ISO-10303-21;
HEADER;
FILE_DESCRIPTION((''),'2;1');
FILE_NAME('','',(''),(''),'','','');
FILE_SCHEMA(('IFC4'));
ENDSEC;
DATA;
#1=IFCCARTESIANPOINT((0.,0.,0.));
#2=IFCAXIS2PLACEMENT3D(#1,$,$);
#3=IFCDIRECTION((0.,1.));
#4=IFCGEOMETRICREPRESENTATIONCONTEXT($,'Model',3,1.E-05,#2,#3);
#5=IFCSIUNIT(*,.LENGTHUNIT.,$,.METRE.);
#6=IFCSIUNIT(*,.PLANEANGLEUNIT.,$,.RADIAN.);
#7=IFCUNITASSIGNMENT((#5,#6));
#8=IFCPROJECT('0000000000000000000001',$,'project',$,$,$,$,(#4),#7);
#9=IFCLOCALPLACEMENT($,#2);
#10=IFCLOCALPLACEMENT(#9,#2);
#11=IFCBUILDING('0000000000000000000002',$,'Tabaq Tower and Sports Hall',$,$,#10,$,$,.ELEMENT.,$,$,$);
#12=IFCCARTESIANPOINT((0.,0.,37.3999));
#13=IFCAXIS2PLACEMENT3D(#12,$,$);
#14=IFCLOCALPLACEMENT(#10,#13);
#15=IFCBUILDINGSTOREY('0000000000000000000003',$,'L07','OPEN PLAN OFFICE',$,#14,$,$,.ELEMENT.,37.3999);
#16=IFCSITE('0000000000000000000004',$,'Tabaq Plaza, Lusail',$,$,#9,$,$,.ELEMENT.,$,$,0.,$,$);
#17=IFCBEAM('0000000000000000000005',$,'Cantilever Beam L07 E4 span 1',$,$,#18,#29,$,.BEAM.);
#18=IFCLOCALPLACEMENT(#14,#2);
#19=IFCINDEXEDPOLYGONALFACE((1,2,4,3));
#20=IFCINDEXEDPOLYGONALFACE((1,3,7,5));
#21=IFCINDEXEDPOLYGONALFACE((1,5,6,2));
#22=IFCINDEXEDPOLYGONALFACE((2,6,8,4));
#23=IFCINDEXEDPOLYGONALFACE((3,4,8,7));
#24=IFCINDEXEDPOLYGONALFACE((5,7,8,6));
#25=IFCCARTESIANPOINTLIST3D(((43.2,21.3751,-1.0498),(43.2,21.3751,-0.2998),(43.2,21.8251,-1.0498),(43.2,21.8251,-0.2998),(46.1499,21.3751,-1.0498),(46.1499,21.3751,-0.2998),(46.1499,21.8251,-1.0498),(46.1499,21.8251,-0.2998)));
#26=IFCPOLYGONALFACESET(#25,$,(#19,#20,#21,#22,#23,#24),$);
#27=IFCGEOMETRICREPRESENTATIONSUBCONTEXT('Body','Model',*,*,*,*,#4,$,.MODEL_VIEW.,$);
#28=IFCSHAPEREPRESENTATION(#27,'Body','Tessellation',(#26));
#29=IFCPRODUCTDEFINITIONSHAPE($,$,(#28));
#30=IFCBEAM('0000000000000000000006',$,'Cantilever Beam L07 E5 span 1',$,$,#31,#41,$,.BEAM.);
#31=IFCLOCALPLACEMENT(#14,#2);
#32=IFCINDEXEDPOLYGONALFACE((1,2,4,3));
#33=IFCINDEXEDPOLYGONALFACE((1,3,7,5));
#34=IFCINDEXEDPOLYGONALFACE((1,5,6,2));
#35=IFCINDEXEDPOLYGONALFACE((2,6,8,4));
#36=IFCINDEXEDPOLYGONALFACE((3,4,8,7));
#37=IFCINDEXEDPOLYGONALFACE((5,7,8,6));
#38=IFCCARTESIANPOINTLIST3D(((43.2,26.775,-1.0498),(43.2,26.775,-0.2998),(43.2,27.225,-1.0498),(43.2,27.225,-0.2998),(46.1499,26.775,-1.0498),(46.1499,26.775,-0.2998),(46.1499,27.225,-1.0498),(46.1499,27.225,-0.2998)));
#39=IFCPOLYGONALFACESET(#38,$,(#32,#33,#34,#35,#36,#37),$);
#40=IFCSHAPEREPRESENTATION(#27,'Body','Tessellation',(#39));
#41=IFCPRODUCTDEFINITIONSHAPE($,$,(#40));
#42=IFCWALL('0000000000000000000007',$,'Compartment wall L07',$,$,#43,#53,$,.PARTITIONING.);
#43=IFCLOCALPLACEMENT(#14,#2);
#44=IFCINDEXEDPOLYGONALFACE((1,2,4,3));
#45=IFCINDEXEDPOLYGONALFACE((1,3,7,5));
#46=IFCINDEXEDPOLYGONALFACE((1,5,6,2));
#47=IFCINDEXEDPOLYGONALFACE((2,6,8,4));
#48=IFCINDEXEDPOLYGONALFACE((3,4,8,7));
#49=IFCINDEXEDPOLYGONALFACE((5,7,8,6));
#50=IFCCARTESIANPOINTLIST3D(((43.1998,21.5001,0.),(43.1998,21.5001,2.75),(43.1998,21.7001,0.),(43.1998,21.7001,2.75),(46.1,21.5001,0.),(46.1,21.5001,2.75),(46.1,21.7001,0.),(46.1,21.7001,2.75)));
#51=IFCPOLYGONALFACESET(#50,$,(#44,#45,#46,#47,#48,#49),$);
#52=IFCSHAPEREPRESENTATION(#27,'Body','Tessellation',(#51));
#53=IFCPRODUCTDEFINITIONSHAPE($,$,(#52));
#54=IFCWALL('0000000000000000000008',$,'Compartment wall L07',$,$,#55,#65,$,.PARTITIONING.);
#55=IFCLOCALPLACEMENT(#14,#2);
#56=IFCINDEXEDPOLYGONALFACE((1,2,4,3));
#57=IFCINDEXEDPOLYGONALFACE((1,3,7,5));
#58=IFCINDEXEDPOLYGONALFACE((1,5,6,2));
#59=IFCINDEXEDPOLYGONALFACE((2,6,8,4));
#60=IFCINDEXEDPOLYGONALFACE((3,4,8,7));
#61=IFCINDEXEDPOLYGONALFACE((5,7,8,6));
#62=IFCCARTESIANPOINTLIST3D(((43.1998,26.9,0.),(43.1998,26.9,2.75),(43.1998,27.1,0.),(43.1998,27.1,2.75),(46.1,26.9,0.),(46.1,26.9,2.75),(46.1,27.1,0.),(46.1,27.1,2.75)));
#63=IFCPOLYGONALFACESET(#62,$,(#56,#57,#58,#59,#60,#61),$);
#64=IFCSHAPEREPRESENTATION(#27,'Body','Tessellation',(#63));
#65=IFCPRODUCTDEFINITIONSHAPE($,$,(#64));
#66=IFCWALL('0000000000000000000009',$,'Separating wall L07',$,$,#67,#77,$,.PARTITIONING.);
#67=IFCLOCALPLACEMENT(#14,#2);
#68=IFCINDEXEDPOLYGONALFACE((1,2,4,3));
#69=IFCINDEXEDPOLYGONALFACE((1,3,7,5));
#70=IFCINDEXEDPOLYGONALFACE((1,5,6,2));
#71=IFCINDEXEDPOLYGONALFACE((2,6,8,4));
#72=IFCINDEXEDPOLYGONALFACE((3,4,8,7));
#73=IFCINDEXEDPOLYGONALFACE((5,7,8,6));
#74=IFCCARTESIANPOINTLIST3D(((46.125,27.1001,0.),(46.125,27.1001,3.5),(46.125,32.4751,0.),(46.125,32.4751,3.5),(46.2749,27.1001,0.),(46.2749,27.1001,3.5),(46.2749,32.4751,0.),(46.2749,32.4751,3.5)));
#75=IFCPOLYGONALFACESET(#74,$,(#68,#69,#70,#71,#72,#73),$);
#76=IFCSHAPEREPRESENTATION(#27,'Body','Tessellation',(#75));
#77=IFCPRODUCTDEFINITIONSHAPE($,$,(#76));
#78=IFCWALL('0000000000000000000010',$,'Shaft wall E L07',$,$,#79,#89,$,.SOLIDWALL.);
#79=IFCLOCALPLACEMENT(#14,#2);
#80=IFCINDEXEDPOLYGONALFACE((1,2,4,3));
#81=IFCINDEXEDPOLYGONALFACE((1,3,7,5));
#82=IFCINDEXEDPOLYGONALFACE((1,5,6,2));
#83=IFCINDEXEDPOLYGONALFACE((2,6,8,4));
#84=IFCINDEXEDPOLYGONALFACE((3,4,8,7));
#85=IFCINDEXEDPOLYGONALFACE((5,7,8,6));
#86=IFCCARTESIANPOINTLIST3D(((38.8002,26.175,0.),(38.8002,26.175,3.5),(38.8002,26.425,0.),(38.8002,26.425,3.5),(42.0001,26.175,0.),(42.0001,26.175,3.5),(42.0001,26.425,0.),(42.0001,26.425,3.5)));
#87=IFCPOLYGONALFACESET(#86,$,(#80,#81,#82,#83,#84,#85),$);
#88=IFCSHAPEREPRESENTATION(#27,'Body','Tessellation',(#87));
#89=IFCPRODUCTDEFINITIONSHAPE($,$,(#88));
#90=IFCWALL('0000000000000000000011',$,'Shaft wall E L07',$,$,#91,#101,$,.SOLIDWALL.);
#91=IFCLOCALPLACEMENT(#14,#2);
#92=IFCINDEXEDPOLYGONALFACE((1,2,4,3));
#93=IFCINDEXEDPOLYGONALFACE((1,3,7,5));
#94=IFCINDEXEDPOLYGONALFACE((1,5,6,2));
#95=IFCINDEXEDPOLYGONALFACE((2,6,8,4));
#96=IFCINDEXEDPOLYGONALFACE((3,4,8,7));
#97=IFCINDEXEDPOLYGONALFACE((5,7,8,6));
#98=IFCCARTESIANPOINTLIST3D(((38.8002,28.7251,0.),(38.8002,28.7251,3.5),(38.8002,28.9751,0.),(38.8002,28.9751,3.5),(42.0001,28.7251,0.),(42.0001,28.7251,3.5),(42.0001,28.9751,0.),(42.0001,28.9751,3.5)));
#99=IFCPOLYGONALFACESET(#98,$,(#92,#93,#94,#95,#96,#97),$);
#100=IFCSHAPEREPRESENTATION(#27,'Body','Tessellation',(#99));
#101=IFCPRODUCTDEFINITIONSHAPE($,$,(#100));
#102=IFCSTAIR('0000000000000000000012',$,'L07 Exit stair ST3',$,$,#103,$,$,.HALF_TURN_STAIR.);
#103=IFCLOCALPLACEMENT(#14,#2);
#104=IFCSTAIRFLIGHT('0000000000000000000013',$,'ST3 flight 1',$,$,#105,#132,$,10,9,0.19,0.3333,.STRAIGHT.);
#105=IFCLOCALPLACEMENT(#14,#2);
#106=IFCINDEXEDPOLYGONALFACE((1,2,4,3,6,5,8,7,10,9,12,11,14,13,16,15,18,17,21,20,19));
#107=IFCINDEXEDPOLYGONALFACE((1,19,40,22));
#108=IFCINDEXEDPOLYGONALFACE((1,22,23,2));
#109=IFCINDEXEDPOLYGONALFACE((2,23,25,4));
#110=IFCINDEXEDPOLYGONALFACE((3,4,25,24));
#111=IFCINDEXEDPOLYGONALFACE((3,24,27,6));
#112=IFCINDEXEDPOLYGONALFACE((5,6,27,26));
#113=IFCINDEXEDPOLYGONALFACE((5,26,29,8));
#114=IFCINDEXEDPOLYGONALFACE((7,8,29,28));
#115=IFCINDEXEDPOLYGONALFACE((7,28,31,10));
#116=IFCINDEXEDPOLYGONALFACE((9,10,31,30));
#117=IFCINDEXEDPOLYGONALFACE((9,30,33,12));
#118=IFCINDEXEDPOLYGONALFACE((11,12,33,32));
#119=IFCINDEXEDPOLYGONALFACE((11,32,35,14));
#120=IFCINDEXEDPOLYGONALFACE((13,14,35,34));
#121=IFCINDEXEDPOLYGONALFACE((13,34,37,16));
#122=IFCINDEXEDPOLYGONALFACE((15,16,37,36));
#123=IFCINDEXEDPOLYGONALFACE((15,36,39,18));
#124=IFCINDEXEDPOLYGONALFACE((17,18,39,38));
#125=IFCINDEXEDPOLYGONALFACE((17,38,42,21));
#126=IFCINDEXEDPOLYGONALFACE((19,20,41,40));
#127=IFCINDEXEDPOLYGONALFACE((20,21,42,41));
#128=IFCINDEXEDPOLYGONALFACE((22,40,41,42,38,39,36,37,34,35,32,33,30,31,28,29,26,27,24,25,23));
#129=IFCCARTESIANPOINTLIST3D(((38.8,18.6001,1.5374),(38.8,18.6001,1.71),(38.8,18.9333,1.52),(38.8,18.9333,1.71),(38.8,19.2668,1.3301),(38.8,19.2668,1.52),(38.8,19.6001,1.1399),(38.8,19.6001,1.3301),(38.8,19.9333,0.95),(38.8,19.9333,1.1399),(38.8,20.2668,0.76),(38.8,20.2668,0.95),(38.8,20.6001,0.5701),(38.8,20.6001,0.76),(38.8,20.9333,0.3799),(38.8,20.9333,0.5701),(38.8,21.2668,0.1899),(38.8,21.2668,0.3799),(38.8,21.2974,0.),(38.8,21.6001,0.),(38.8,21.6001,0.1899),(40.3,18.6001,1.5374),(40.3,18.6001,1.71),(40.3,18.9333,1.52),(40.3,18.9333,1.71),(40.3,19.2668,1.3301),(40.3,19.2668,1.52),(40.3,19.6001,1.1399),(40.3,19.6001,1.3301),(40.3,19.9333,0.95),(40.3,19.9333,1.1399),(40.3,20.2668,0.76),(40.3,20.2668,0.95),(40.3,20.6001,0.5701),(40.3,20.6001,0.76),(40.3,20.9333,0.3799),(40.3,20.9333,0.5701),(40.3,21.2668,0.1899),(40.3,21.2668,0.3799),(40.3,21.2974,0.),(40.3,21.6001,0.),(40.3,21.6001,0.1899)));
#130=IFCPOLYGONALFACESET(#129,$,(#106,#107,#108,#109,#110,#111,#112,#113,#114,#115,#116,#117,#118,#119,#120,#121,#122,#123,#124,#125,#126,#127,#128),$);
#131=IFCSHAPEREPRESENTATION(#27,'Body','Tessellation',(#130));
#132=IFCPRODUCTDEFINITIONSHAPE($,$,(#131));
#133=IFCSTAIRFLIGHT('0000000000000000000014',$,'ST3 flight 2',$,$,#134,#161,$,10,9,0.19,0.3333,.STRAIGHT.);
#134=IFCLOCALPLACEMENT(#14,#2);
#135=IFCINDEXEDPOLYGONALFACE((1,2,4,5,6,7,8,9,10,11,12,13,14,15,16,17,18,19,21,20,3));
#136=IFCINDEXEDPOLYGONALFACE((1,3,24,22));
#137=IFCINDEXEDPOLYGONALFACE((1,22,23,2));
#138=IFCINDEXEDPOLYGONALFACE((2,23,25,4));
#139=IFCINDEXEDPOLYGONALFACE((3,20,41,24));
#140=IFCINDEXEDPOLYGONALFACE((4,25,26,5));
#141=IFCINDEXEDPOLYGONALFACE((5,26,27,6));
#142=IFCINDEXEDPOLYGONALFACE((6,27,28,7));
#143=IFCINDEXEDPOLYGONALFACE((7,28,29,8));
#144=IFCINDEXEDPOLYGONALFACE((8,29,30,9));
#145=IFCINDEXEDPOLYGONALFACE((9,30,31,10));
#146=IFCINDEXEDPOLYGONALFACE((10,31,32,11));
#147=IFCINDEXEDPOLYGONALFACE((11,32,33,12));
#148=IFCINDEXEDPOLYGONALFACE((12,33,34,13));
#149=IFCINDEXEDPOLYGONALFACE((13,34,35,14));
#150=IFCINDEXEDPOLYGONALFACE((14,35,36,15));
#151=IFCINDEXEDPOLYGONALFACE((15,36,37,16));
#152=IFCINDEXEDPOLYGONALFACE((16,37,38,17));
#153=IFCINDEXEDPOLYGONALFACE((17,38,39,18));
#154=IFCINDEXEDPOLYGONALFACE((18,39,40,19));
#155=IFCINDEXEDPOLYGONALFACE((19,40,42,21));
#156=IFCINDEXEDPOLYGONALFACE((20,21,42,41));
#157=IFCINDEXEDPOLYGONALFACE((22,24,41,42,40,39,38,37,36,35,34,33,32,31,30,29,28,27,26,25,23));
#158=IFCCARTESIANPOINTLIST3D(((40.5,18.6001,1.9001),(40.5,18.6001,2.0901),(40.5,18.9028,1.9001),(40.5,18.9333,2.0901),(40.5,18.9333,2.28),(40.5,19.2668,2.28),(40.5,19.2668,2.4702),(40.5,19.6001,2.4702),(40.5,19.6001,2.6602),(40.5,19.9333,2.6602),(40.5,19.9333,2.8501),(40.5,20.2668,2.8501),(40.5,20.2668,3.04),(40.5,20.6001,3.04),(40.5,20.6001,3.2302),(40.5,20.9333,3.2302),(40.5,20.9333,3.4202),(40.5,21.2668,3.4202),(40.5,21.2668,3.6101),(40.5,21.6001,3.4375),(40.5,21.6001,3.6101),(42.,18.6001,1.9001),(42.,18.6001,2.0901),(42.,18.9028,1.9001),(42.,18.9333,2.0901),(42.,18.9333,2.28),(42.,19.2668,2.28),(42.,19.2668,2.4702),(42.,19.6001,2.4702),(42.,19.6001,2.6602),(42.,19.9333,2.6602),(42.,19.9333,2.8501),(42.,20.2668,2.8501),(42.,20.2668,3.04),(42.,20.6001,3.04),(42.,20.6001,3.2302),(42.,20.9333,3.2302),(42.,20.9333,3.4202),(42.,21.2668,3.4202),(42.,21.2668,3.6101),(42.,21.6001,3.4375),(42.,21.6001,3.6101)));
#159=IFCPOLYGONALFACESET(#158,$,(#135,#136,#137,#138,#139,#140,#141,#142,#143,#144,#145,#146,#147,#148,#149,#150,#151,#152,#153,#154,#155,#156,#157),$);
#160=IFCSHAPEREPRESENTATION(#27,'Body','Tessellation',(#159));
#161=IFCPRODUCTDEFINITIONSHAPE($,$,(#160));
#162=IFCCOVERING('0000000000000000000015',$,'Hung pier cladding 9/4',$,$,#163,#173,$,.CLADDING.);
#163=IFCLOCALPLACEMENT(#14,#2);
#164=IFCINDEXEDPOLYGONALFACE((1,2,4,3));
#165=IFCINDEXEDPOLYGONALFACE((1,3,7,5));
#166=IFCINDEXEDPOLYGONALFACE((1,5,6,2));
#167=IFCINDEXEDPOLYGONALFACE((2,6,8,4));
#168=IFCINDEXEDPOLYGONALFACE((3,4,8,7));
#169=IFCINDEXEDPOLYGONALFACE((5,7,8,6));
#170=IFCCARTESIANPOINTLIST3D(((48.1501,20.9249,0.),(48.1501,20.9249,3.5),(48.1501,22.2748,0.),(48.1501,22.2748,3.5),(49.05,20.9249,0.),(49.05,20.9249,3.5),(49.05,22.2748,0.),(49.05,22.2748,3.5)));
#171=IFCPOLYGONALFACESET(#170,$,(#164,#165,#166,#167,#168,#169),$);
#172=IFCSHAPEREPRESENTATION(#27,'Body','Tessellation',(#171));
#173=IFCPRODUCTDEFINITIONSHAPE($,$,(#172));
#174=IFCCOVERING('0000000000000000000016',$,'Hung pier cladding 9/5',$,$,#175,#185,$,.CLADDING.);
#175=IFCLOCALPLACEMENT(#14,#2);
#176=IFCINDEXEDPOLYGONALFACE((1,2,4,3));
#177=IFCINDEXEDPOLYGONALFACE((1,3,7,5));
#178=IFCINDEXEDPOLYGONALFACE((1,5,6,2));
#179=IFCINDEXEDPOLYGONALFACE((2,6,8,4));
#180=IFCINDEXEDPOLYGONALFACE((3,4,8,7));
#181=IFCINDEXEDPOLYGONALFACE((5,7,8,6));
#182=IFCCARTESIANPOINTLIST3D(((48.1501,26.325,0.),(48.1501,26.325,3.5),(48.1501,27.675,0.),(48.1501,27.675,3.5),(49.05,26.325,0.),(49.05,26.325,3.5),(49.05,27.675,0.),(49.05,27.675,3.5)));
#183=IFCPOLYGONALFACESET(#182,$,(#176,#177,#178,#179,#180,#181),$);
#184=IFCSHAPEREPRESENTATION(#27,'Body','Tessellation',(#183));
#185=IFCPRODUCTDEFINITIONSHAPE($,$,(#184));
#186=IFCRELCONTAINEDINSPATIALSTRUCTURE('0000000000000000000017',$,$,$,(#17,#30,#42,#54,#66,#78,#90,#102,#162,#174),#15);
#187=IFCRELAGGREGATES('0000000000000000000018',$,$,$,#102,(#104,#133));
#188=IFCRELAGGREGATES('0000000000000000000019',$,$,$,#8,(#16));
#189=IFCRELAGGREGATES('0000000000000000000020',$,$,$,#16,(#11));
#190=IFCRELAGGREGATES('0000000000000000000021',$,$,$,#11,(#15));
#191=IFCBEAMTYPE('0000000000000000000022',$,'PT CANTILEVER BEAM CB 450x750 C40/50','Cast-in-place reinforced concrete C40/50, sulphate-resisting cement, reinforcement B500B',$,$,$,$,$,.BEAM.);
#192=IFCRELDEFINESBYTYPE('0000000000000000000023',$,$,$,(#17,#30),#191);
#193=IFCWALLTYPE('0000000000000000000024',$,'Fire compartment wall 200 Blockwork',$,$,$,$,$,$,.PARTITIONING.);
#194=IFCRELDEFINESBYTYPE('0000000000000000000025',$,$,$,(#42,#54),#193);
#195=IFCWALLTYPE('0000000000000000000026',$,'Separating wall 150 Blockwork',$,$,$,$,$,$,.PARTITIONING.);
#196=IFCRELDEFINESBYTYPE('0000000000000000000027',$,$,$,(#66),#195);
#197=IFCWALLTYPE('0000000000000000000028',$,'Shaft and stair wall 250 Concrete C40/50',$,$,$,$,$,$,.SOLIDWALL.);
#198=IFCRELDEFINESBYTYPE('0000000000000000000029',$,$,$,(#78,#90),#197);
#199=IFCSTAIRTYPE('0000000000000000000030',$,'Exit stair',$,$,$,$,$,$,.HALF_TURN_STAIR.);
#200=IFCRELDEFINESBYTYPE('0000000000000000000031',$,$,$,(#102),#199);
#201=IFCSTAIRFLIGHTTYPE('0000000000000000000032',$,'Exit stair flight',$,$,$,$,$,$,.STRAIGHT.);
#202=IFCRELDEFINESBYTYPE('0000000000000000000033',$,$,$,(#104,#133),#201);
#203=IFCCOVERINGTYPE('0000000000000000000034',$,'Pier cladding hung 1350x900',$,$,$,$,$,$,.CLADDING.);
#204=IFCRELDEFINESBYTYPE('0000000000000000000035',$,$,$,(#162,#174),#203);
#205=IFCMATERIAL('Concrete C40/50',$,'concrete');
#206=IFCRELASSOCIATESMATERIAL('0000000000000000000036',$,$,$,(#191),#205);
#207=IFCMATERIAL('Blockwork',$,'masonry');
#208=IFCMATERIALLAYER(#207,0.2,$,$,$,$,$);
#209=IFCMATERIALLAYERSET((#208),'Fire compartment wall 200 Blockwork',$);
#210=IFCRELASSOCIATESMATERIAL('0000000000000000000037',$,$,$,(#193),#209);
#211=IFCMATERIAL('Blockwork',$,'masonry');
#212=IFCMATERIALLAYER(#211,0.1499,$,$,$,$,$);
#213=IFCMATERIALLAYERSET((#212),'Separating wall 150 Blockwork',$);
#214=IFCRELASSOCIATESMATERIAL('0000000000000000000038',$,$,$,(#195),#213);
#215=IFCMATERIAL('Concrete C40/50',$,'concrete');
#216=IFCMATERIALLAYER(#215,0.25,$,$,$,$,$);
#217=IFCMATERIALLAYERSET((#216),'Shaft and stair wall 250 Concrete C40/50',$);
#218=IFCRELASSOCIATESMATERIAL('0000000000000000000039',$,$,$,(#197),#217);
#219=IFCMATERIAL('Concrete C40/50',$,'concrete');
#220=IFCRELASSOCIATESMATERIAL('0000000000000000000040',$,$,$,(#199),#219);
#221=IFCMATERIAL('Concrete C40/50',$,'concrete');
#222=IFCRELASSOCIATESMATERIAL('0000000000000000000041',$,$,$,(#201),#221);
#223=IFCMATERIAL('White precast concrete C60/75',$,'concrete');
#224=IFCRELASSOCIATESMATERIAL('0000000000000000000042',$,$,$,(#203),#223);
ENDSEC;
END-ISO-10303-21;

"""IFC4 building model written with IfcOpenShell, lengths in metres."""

from ifc_helpers import new_model, si_unit, direction, frame, frame_2d, origin, origin_2d, place, context, subcontext, project, spatial, polyline, rectangle, outline, extrude, material, layer, layer_set, material_profile, profile_set, type_object, element, aggregate, save


model = new_model("IFC4")

# Units and contexts
model_context = context("Model", 3, precision=1e-05, world=origin(), true_north=direction((0.0, 1.0)))
body_context = subcontext(model_context, "Body", "Model", "MODEL_VIEW")
ifc_project = project(units=[si_unit("LENGTHUNIT", "METRE"), si_unit("PLANEANGLEUNIT", "RADIAN")], contexts=[model_context])

# Site, building, storey
site_placement = place(None, origin())
site = spatial("IfcSite", under=ifc_project, at=site_placement, Name="Tabaq Plaza, Lusail", CompositionType="ELEMENT", RefElevation=0.0)
building_placement = place(site_placement, origin())
building = spatial("IfcBuilding", under=site, at=building_placement, Name="Tabaq Tower and Sports Hall", CompositionType="ELEMENT")
storey_placement = place(building_placement, frame((0.0, 0.0, 37.3999)))
storey = spatial("IfcBuildingStorey", under=building, at=storey_placement, Name="L07", Description="OPEN PLAN OFFICE", CompositionType="ELEMENT", Elevation=37.3999)

# Beams
ifc_material_1 = material(Name="Concrete C40/50", Category="concrete")
ifc_material_profile = material_profile(ifc_material_1, rectangle(XDim=0.45, YDim=0.75, at=origin_2d()), Name="CB 450x750")
ifc_profile_set = profile_set([ifc_material_profile], Name="Concrete C40/50")
beam_type = type_object("IfcBeamType", Name="PT CANTILEVER BEAM CB 450x750 C40/50", Description="Cast-in-place reinforced concrete C40/50, sulphate-resisting cement, reinforcement B500B", PredefinedType="BEAM", material=ifc_profile_set)
for number, where, z_axis, x_axis, name in (
    (1, (46.1499, 21.6001, -0.6748), (-1.0, 0.0, 0.0), (0.0, -1.0, 0.0), "Cantilever Beam L07 E4 span 1"),
    (2, (46.1499, 27.0, -0.6748), (-1.0, 0.0, 0.0), (0.0, -1.0, 0.0), "Cantilever Beam L07 E5 span 1"),
):
    element("IfcBeam", number, at=place(storey_placement, frame(where, z_axis=z_axis, x_axis=x_axis)), inside=storey, type_object=beam_type, Name=name, PredefinedType="BEAM", context=body_context, shape_type="SweptSolid", body=[
        extrude(rectangle(XDim=0.45, YDim=0.75, at=origin_2d()), origin(), (0.0, 0.0, 1.0), 2.95),
    ])

# Shared definitions
ifc_material_2 = material(Name="Blockwork", Category="masonry")
ifc_layer_1 = layer(ifc_material_2, 0.2)
ifc_layer_set_1 = layer_set([ifc_layer_1], Name="Fire compartment wall 200 Blockwork")
wall_type_1 = type_object("IfcWallType", Name="Fire compartment wall 200 Blockwork", PredefinedType="PARTITIONING", material=ifc_layer_set_1)

# Walls
for number, where, z_axis, x_axis, name in (
    (3, (46.1001, 21.6001, 0.0), (0.0, 0.0, 1.0), (-1.0, 0.0, 0.0), "Compartment wall L07"),
    (4, (46.1001, 27.0, 0.0), (0.0, 0.0, 1.0), (-1.0, 0.0, 0.0), "Compartment wall L07"),
):
    element("IfcWall", number, at=place(storey_placement, frame(where, z_axis=z_axis, x_axis=x_axis)), inside=storey, type_object=wall_type_1, Name=name, PredefinedType="PARTITIONING", context=body_context, shape_type="SweptSolid", body=[
        extrude(rectangle(XDim=2.9001, YDim=0.2, at=frame_2d((1.4502, 0.0))), origin(), (0.0, 0.0, 1.0), 2.75),
    ])
ifc_material_3 = material(Name="Blockwork", Category="masonry")
ifc_layer_2 = layer(ifc_material_3, 0.1499)
ifc_layer_set_2 = layer_set([ifc_layer_2], Name="Separating wall 150 Blockwork")
wall_type_2 = type_object("IfcWallType", Name="Separating wall 150 Blockwork", PredefinedType="PARTITIONING", material=ifc_layer_set_2)
wall_1_placement = place(storey_placement, frame((46.2, 27.1001, 0.0), z_axis=(0.0, 0.0, 1.0), x_axis=(0.0, 1.0, 0.0)))
element("IfcWall", 5, at=wall_1_placement, inside=storey, type_object=wall_type_2, Name="Separating wall L07", PredefinedType="PARTITIONING", context=body_context, shape_type="SweptSolid", body=[
    extrude(rectangle(XDim=5.375, YDim=0.1499, at=frame_2d((2.6875, 0.0))), origin(), (0.0, 0.0, 1.0), 3.5),
])
ifc_material_4 = material(Name="Concrete C40/50", Category="concrete")
ifc_layer_3 = layer(ifc_material_4, 0.25)
ifc_layer_set_3 = layer_set([ifc_layer_3], Name="Shaft and stair wall 250 Concrete C40/50")
wall_type_3 = type_object("IfcWallType", Name="Shaft and stair wall 250 Concrete C40/50", PredefinedType="SOLIDWALL", material=ifc_layer_set_3)
for number, where, z_axis, x_axis, name in (
    (6, (38.8, 26.3, 0.0), (0.0, 0.0, 1.0), (1.0, 0.0, 0.0), "Shaft wall E L07"),
    (7, (38.8, 28.8501, 0.0), (0.0, 0.0, 1.0), (1.0, 0.0, 0.0), "Shaft wall E L07"),
):
    element("IfcWall", number, at=place(storey_placement, frame(where, z_axis=z_axis, x_axis=x_axis)), inside=storey, type_object=wall_type_3, Name=name, PredefinedType="SOLIDWALL", context=body_context, shape_type="SweptSolid", body=[
        extrude(rectangle(XDim=3.2, YDim=0.25, at=frame_2d((1.6001, 0.0))), origin(), (0.0, 0.0, 1.0), 3.5),
    ])

# Stair, stair flights
ifc_material_5 = material(Name="Concrete C40/50", Category="concrete")
stair_type = type_object("IfcStairType", Name="Exit stair", PredefinedType="HALF_TURN_STAIR", material=ifc_material_5)
stair_placement = place(storey_placement, origin())
stair = element("IfcStair", 8, at=stair_placement, inside=storey, type_object=stair_type, Name="L07 Exit stair ST3", PredefinedType="HALF_TURN_STAIR")
ifc_material_6 = material(Name="Concrete C40/50", Category="concrete")
stair_flight_type = type_object("IfcStairFlightType", Name="Exit stair flight", PredefinedType="STRAIGHT", material=ifc_material_6)
stair_flight_1_placement = place(storey_placement, frame((39.55, 21.6001, 0.0), z_axis=(0.0, 0.0, 1.0), x_axis=(0.0, -1.0, 0.0)))
stair_flight_1 = element("IfcStairFlight", 9, at=stair_flight_1_placement, type_object=stair_flight_type, Name="ST3 flight 1", NumberOfRisers=10, NumberOfTreads=9, PredefinedType="STRAIGHT", RiserHeight=0.19, TreadLength=0.3333, context=body_context, shape_type="SweptSolid", body=[
    extrude(outline(polyline([(0.0, 0.0), (0.0, 0.1899), (0.3333, 0.1899), (0.3333, 0.3799), (0.6667, 0.3799), (0.6667, 0.5701), (1.0, 0.5701), (1.0, 0.76), (1.3333, 0.76), (1.3333, 0.95), (1.6667, 0.95), (1.6667, 1.1399), (2.0, 1.1399), (2.0, 1.3301), (2.3333, 1.3301), (2.3333, 1.52), (2.6667, 1.52), (2.6667, 1.71), (3.0, 1.71), (3.0, 1.8999), (3.0, 1.5374), (0.3027, 0.0), (0.0, 0.0)])), frame((0.0, 0.75, 0.0), z_axis=(0.0, -1.0, 0.0), x_axis=(1.0, 0.0, 0.0)), (0.0, 0.0, 1.0), 1.5),
])
stair_flight_2_placement = place(storey_placement, frame((41.25, 18.6001, 1.9001), z_axis=(0.0, 0.0, 1.0), x_axis=(0.0, 1.0, 0.0)))
stair_flight_2 = element("IfcStairFlight", 10, at=stair_flight_2_placement, type_object=stair_flight_type, Name="ST3 flight 2", NumberOfRisers=10, NumberOfTreads=9, PredefinedType="STRAIGHT", RiserHeight=0.19, TreadLength=0.3333, context=body_context, shape_type="SweptSolid", body=[
    extrude(outline(polyline([(0.0, 0.0), (0.0, 0.1899), (0.3333, 0.1899), (0.3333, 0.3799), (0.6667, 0.3799), (0.6667, 0.5701), (1.0, 0.5701), (1.0, 0.76), (1.3333, 0.76), (1.3333, 0.95), (1.6667, 0.95), (1.6667, 1.1399), (2.0, 1.1399), (2.0, 1.3301), (2.3333, 1.3301), (2.3333, 1.52), (2.6667, 1.52), (2.6667, 1.71), (3.0, 1.71), (3.0, 1.8999), (3.0, 1.5374), (0.3027, 0.0), (0.0, 0.0)])), frame((0.0, 0.75, 0.0), z_axis=(0.0, -1.0, 0.0), x_axis=(1.0, 0.0, 0.0)), (0.0, 0.0, 1.0), 1.5),
])
aggregate(stair, [stair_flight_1, stair_flight_2])

# Coverings
ifc_material_7 = material(Name="White precast concrete C60/75", Category="concrete")
covering_type_1 = type_object("IfcCoveringType", Name="Pier cladding hung 1350x900", PredefinedType="CLADDING", material=ifc_material_7)
covering_1_placement = place(storey_placement, frame((48.6001, 20.925, 0.0), z_axis=(0.0, 0.0, 1.0), x_axis=(0.0, 1.0, 0.0)))
element("IfcCovering", 11, at=covering_1_placement, inside=storey, type_object=covering_type_1, Name="Hung pier cladding 9/4", PredefinedType="CLADDING", context=body_context, shape_type="SweptSolid", body=[
    extrude(rectangle(XDim=1.3499, YDim=0.8999, at=frame_2d((0.6748, 0.0))), origin(), (0.0, 0.0, 1.0), 3.5),
])
covering_2_placement = place(storey_placement, frame((48.6001, 26.325, 0.0), z_axis=(0.0, 0.0, 1.0), x_axis=(0.0, 1.0, 0.0)))
element("IfcCovering", 12, at=covering_2_placement, inside=storey, type_object=covering_type_1, Name="Hung pier cladding 9/5", PredefinedType="CLADDING", context=body_context, shape_type="SweptSolid", body=[
    extrude(rectangle(XDim=1.3501, YDim=0.8999, at=frame_2d((0.675, 0.0))), origin(), (0.0, 0.0, 1.0), 3.5),
])

save(model, "model.ifc")
